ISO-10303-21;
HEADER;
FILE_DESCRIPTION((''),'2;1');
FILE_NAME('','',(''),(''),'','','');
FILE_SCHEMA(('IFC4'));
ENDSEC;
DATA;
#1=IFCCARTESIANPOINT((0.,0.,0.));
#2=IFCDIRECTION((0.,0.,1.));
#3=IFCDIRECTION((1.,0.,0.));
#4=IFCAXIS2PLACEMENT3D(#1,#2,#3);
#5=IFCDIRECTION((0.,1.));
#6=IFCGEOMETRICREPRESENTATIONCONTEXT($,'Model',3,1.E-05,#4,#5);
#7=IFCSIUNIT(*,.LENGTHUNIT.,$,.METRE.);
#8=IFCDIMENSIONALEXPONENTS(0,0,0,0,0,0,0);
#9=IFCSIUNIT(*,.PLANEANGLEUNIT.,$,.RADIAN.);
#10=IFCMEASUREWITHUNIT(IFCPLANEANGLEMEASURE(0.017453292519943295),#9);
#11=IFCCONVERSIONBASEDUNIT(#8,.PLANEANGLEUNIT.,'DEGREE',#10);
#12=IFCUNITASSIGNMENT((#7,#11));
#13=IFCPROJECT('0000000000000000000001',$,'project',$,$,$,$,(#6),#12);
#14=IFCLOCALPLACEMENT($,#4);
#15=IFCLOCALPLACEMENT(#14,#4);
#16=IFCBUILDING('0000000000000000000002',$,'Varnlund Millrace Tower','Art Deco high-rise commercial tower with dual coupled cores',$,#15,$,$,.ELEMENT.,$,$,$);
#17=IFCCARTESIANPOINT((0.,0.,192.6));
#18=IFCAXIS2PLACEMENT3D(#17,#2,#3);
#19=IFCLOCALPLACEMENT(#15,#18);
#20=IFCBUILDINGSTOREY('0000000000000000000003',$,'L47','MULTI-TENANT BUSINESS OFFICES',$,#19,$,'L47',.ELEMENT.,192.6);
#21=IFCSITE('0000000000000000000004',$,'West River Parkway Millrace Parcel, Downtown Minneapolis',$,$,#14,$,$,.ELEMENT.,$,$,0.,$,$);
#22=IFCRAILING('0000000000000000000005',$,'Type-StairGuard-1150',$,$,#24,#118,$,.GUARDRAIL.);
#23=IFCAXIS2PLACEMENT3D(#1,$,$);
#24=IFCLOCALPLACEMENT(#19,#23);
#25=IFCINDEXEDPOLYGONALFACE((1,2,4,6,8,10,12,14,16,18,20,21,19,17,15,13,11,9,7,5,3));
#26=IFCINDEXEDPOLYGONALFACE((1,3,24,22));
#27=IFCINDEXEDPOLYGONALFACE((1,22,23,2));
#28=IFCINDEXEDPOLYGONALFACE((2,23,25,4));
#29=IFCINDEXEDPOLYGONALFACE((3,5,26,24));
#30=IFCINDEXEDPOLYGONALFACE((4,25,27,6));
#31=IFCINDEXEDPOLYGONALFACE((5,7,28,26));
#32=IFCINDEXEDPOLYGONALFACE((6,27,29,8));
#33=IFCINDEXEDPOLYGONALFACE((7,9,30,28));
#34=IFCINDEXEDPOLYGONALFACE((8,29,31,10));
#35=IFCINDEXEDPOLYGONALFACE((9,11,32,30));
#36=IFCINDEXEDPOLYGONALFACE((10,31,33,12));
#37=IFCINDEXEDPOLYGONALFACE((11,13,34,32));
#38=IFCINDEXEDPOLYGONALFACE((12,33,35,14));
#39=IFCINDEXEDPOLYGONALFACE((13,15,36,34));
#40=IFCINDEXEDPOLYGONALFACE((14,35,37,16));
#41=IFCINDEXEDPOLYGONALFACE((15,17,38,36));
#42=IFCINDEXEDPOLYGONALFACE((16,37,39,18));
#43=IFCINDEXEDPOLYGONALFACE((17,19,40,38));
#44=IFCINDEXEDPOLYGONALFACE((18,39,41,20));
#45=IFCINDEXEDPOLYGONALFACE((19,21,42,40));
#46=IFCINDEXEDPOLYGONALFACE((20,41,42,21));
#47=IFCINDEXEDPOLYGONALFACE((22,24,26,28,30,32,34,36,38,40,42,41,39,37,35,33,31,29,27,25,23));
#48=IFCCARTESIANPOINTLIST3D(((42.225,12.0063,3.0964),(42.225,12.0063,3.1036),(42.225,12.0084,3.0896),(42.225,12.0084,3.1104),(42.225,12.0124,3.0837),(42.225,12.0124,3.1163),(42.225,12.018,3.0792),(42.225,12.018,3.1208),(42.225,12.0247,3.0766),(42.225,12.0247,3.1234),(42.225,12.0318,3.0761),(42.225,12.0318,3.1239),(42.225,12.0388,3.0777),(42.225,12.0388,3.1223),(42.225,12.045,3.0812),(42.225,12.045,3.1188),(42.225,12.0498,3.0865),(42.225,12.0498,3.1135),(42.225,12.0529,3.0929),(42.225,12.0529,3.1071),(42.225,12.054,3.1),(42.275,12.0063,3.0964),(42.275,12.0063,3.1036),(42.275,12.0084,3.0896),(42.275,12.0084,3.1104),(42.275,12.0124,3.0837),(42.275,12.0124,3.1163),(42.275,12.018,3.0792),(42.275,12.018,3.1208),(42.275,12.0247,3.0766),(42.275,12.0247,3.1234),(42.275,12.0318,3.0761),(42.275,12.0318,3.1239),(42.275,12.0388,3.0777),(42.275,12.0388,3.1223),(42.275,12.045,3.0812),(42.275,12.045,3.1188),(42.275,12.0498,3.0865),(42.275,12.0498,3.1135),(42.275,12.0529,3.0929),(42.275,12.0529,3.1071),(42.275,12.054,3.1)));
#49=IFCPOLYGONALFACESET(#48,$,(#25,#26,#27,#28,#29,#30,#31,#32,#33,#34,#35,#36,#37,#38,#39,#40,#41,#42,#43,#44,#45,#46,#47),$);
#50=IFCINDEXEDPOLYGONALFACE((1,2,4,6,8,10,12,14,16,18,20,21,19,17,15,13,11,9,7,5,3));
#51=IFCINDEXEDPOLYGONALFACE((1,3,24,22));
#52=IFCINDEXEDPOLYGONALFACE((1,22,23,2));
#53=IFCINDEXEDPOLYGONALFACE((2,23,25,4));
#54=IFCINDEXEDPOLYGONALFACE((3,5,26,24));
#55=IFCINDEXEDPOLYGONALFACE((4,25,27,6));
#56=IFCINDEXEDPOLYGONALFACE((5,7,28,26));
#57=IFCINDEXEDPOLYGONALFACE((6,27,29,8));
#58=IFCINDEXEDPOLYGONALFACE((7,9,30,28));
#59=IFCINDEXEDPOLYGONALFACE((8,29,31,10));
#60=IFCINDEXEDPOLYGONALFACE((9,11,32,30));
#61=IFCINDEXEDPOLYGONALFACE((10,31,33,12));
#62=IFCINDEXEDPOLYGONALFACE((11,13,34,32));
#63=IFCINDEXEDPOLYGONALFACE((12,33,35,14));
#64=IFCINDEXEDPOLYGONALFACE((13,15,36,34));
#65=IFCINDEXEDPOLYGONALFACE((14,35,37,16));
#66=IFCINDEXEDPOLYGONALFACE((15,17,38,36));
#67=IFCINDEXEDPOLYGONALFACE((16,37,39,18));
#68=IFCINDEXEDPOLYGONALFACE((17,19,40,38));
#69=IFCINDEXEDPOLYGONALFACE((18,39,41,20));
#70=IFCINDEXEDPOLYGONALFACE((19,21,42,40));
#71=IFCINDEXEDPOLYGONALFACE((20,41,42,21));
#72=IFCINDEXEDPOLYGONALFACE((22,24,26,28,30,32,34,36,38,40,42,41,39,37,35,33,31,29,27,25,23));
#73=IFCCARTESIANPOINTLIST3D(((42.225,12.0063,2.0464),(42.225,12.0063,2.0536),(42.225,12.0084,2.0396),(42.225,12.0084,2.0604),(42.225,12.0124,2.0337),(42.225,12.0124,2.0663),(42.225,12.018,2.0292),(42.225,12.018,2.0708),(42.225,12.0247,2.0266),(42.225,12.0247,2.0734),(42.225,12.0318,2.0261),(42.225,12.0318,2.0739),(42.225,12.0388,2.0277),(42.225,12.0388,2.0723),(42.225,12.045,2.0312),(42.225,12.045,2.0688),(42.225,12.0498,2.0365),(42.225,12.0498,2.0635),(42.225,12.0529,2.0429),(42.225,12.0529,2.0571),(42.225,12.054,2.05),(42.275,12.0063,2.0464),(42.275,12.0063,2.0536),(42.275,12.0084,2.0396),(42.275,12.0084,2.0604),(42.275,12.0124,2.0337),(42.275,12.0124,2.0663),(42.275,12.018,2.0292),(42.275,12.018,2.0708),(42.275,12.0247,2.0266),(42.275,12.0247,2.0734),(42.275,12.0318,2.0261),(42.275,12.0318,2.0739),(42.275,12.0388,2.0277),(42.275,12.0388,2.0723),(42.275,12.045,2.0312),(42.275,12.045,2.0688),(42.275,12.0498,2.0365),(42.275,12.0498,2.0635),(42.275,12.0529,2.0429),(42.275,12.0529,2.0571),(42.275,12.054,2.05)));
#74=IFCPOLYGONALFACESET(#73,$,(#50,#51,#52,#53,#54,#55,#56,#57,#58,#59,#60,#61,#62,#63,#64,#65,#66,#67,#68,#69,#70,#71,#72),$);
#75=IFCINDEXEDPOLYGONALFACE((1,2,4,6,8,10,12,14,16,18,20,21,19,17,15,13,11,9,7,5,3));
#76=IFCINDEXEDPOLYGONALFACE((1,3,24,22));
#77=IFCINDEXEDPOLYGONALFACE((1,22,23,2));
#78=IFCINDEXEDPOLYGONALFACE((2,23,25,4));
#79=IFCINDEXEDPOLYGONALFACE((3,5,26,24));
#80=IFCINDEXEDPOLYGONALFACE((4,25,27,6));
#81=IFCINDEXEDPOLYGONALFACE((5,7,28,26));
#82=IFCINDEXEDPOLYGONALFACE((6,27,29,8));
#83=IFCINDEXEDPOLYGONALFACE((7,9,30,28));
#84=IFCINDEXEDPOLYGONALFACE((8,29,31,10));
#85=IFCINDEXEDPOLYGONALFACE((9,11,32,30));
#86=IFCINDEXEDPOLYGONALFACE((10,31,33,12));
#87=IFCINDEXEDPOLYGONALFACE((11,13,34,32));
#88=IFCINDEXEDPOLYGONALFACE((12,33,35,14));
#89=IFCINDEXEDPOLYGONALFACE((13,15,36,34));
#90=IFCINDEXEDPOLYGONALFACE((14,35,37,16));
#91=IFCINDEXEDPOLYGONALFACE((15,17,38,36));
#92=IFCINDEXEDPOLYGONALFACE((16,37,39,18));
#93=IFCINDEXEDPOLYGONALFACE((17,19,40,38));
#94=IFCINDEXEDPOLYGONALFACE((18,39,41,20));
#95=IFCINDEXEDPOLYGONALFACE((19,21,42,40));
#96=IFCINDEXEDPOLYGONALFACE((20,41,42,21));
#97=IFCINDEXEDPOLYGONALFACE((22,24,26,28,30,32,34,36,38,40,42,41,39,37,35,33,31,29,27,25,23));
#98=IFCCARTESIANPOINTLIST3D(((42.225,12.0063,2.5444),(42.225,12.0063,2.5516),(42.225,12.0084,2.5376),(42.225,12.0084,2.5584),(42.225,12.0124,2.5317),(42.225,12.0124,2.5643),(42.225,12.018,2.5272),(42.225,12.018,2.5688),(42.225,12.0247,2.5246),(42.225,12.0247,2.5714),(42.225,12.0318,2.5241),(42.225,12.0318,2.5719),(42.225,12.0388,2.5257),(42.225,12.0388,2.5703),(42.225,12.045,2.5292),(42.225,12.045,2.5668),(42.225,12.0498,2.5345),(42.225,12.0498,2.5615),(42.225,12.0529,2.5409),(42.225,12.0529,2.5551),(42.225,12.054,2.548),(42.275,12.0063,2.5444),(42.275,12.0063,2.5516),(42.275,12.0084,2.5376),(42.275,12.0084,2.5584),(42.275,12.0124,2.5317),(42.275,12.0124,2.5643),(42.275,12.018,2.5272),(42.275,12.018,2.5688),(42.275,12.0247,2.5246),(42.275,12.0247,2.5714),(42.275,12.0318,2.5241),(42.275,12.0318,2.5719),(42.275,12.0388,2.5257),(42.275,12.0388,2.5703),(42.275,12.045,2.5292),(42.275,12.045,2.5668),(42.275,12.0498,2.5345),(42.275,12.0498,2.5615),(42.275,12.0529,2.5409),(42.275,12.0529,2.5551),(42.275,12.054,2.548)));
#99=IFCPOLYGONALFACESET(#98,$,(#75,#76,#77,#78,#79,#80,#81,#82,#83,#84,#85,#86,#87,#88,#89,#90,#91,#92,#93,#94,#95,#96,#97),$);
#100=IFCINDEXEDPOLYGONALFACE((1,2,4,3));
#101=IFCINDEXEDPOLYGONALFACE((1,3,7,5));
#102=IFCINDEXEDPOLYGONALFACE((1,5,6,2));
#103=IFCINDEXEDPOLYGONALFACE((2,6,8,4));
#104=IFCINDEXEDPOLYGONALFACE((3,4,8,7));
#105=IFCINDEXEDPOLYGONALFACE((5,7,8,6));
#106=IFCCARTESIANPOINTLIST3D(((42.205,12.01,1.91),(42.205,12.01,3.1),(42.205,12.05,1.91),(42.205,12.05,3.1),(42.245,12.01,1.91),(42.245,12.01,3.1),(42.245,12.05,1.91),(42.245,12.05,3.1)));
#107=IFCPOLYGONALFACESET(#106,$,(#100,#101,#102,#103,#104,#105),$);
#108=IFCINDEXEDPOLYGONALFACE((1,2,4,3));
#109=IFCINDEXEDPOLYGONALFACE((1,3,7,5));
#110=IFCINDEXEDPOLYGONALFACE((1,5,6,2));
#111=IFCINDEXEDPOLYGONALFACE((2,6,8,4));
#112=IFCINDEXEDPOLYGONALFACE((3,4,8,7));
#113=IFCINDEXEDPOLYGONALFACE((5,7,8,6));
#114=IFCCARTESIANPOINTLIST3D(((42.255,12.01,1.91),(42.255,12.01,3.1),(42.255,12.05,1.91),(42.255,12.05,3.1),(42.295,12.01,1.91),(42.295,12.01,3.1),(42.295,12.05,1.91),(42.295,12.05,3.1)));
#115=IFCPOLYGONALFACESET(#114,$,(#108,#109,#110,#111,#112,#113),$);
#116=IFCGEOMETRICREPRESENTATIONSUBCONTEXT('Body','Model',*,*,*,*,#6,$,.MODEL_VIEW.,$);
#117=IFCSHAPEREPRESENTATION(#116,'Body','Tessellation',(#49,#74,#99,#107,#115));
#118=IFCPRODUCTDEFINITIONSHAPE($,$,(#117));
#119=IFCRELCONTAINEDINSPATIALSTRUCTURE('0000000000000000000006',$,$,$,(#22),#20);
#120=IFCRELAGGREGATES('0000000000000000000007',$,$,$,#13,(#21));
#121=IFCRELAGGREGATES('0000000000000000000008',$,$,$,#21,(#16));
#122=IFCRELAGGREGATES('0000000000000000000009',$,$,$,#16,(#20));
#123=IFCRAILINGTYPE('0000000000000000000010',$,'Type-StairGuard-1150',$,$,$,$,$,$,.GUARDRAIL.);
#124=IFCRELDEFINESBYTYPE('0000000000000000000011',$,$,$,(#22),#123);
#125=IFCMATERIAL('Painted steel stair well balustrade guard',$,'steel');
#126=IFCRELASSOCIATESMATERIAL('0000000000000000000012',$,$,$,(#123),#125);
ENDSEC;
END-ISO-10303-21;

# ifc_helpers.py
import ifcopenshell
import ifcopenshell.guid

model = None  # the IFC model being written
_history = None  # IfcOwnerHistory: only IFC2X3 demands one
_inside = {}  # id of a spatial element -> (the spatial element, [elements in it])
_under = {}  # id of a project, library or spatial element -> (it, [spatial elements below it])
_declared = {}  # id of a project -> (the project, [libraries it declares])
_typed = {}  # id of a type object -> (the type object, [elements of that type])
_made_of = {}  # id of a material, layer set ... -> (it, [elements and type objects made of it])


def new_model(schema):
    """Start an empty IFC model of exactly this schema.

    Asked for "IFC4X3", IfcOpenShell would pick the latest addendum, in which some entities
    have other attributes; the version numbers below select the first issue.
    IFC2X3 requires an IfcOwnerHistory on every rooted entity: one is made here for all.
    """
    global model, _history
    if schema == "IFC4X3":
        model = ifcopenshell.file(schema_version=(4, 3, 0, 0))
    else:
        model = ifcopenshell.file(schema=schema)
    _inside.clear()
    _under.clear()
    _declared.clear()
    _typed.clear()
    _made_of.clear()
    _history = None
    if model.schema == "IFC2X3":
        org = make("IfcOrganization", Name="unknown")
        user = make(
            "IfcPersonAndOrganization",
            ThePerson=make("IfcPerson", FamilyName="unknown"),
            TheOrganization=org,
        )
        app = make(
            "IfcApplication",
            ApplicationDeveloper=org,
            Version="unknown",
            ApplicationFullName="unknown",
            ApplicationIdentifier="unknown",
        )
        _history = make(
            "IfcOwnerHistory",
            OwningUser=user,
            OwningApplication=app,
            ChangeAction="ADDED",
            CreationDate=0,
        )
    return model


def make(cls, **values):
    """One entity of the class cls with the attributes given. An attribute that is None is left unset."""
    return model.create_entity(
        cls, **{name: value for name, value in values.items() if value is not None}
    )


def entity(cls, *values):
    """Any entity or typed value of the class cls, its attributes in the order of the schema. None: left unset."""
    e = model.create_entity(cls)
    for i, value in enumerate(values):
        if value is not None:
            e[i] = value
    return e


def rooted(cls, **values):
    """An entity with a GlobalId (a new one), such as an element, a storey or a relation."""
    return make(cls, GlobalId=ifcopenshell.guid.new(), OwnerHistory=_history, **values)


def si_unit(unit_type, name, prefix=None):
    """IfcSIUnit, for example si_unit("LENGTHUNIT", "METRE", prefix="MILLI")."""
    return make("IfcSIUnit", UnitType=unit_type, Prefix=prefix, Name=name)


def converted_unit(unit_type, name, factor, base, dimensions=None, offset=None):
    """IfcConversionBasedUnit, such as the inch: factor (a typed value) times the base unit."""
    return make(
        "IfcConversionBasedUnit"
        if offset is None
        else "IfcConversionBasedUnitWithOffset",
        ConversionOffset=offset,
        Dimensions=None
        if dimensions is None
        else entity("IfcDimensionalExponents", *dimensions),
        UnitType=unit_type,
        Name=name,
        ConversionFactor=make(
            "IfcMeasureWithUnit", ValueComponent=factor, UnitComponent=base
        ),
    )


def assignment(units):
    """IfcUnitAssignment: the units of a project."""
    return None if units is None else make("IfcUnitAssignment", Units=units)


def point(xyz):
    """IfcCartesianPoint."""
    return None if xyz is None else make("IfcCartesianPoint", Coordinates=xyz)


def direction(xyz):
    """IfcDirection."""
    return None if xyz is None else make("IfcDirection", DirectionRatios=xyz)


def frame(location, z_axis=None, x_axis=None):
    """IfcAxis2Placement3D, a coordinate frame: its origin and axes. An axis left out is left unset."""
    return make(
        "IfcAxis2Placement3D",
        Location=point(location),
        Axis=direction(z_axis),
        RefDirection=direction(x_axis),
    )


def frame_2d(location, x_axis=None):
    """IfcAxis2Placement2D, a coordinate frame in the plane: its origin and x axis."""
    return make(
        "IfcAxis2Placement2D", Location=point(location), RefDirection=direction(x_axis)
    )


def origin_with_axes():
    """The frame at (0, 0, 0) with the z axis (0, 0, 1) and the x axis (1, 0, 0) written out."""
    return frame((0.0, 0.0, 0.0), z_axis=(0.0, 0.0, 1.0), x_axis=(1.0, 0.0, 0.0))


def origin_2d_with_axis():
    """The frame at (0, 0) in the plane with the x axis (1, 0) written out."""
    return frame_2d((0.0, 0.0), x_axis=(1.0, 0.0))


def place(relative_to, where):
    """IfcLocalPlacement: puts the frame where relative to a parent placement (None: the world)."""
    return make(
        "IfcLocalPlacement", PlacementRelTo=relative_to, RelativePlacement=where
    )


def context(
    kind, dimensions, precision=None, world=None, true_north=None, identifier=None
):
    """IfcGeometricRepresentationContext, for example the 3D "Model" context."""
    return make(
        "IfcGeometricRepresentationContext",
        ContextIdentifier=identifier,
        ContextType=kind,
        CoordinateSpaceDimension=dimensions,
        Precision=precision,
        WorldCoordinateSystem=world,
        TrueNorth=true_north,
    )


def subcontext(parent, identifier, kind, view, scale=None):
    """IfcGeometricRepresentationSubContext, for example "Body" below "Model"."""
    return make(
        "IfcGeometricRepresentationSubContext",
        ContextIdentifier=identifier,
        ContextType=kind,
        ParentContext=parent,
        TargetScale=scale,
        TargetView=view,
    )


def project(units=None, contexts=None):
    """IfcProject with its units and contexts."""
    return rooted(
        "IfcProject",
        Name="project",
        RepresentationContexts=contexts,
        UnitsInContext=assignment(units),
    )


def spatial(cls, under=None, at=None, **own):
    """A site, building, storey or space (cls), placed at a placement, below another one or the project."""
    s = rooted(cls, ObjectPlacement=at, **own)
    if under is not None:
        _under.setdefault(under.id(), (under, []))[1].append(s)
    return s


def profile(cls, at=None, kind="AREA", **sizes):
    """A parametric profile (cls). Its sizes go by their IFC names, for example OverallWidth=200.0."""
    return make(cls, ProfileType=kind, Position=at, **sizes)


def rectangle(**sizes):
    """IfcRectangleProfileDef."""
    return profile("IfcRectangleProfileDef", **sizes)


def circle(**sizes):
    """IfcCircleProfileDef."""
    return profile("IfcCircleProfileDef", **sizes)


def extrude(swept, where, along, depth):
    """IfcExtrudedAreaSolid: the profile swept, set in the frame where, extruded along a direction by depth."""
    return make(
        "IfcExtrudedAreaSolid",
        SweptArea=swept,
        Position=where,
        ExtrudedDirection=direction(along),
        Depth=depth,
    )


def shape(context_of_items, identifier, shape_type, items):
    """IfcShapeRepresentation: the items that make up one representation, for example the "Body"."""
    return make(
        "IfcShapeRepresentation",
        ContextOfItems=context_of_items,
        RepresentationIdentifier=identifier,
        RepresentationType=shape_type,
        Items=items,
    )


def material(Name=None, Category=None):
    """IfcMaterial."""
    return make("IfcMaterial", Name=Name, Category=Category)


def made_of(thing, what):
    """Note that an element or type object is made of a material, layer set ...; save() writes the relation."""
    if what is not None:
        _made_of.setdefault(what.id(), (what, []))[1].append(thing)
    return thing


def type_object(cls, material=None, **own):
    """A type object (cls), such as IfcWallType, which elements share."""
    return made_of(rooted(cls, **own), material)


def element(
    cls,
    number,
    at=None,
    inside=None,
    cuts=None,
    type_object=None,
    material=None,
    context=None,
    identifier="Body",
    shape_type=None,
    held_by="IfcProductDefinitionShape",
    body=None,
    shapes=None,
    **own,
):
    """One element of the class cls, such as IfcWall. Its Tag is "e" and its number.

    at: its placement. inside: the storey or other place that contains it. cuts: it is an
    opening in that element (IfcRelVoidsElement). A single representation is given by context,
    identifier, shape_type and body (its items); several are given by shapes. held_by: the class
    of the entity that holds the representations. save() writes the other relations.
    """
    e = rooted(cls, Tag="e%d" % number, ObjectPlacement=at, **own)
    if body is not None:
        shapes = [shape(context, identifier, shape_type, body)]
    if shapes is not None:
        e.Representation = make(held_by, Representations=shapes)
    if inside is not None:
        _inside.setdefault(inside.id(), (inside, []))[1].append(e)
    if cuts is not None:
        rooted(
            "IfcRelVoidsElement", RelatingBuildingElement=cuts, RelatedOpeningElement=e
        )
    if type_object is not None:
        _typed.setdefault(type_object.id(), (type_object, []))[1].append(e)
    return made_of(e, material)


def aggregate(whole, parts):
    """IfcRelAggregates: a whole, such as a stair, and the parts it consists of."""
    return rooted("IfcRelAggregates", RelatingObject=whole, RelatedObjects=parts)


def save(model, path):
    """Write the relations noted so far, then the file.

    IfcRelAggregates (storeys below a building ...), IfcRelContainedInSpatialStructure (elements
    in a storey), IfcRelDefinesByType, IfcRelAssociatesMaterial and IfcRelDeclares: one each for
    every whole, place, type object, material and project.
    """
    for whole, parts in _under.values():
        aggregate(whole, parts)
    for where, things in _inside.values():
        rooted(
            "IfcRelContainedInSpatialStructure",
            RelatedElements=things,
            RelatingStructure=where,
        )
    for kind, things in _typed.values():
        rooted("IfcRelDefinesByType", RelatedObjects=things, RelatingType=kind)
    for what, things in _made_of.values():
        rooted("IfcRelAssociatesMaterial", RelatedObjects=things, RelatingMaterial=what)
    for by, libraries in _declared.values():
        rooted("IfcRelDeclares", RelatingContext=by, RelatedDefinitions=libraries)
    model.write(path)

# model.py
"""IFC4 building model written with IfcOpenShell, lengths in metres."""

from ifc_helpers import new_model, entity, si_unit, converted_unit, direction, frame, origin_with_axes, origin_2d_with_axis, place, context, subcontext, project, spatial, rectangle, circle, extrude, material, type_object, element, save


model = new_model("IFC4")

# Units and contexts
model_context = context("Model", 3, precision=1e-05, world=origin_with_axes(), true_north=direction((0.0, 1.0)))
body_context = subcontext(model_context, "Body", "Model", "MODEL_VIEW")
ifc_project = project(units=[si_unit("LENGTHUNIT", "METRE"), converted_unit("PLANEANGLEUNIT", "DEGREE", entity("IfcPlaneAngleMeasure", 0.017453292519943295), si_unit("PLANEANGLEUNIT", "RADIAN"), dimensions=[0, 0, 0, 0, 0, 0, 0])], contexts=[model_context])

# Site, building, storey
site_placement = place(None, origin_with_axes())
site = spatial("IfcSite", under=ifc_project, at=site_placement, Name="West River Parkway Millrace Parcel, Downtown Minneapolis", CompositionType="ELEMENT", RefElevation=0.0)
building_placement = place(site_placement, origin_with_axes())
building = spatial("IfcBuilding", under=site, at=building_placement, Name="Varnlund Millrace Tower", Description="Art Deco high-rise commercial tower with dual coupled cores", CompositionType="ELEMENT")
storey_placement = place(building_placement, frame((0.0, 0.0, 192.6), z_axis=(0.0, 0.0, 1.0), x_axis=(1.0, 0.0, 0.0)))
storey = spatial("IfcBuildingStorey", under=building, at=storey_placement, Name="L47", Description="MULTI-TENANT BUSINESS OFFICES", LongName="L47", CompositionType="ELEMENT", Elevation=192.6)

# Railing
ifc_material_1 = material(Name="Painted steel stair well balustrade guard", Category="steel")
railing_type_1 = type_object("IfcRailingType", Name="Type-StairGuard-1150", PredefinedType="GUARDRAIL", material=ifc_material_1)
railing_1_placement = place(storey_placement, frame((0.0, 0.0, -192.6), z_axis=(0.0, 0.0, 1.0), x_axis=(1.0, 0.0, 0.0)))
element("IfcRailing", 1, at=railing_1_placement, inside=storey, type_object=railing_type_1, Name="Type-StairGuard-1150", PredefinedType="GUARDRAIL", context=body_context, shape_type="SweptSolid", body=[
    extrude(circle(Radius=0.024, at=origin_2d_with_axis()), frame((42.225, 12.03, 195.7), z_axis=(1.0, 0.0, 0.0), x_axis=(0.0, 1.0, 0.0)), (0.0, 0.0, 1.0), 0.05),
    extrude(circle(Radius=0.024, at=origin_2d_with_axis()), frame((42.225, 12.03, 194.65), z_axis=(1.0, 0.0, 0.0), x_axis=(0.0, 1.0, 0.0)), (0.0, 0.0, 1.0), 0.05),
    extrude(circle(Radius=0.024, at=origin_2d_with_axis()), frame((42.225, 12.03, 195.148), z_axis=(1.0, 0.0, 0.0), x_axis=(0.0, 1.0, 0.0)), (0.0, 0.0, 1.0), 0.05),
    extrude(rectangle(XDim=0.04, YDim=0.04, at=origin_2d_with_axis()), frame((42.225, 12.03, 194.51), z_axis=(0.0, 0.0, 1.0), x_axis=(1.0, 0.0, 0.0)), (0.0, 0.0, 1.0), 1.19),
    extrude(rectangle(XDim=0.04, YDim=0.04, at=origin_2d_with_axis()), frame((42.275, 12.03, 194.51), z_axis=(0.0, 0.0, 1.0), x_axis=(1.0, 0.0, 0.0)), (0.0, 0.0, 1.0), 1.19),
])

save(model, "model.ifc")
